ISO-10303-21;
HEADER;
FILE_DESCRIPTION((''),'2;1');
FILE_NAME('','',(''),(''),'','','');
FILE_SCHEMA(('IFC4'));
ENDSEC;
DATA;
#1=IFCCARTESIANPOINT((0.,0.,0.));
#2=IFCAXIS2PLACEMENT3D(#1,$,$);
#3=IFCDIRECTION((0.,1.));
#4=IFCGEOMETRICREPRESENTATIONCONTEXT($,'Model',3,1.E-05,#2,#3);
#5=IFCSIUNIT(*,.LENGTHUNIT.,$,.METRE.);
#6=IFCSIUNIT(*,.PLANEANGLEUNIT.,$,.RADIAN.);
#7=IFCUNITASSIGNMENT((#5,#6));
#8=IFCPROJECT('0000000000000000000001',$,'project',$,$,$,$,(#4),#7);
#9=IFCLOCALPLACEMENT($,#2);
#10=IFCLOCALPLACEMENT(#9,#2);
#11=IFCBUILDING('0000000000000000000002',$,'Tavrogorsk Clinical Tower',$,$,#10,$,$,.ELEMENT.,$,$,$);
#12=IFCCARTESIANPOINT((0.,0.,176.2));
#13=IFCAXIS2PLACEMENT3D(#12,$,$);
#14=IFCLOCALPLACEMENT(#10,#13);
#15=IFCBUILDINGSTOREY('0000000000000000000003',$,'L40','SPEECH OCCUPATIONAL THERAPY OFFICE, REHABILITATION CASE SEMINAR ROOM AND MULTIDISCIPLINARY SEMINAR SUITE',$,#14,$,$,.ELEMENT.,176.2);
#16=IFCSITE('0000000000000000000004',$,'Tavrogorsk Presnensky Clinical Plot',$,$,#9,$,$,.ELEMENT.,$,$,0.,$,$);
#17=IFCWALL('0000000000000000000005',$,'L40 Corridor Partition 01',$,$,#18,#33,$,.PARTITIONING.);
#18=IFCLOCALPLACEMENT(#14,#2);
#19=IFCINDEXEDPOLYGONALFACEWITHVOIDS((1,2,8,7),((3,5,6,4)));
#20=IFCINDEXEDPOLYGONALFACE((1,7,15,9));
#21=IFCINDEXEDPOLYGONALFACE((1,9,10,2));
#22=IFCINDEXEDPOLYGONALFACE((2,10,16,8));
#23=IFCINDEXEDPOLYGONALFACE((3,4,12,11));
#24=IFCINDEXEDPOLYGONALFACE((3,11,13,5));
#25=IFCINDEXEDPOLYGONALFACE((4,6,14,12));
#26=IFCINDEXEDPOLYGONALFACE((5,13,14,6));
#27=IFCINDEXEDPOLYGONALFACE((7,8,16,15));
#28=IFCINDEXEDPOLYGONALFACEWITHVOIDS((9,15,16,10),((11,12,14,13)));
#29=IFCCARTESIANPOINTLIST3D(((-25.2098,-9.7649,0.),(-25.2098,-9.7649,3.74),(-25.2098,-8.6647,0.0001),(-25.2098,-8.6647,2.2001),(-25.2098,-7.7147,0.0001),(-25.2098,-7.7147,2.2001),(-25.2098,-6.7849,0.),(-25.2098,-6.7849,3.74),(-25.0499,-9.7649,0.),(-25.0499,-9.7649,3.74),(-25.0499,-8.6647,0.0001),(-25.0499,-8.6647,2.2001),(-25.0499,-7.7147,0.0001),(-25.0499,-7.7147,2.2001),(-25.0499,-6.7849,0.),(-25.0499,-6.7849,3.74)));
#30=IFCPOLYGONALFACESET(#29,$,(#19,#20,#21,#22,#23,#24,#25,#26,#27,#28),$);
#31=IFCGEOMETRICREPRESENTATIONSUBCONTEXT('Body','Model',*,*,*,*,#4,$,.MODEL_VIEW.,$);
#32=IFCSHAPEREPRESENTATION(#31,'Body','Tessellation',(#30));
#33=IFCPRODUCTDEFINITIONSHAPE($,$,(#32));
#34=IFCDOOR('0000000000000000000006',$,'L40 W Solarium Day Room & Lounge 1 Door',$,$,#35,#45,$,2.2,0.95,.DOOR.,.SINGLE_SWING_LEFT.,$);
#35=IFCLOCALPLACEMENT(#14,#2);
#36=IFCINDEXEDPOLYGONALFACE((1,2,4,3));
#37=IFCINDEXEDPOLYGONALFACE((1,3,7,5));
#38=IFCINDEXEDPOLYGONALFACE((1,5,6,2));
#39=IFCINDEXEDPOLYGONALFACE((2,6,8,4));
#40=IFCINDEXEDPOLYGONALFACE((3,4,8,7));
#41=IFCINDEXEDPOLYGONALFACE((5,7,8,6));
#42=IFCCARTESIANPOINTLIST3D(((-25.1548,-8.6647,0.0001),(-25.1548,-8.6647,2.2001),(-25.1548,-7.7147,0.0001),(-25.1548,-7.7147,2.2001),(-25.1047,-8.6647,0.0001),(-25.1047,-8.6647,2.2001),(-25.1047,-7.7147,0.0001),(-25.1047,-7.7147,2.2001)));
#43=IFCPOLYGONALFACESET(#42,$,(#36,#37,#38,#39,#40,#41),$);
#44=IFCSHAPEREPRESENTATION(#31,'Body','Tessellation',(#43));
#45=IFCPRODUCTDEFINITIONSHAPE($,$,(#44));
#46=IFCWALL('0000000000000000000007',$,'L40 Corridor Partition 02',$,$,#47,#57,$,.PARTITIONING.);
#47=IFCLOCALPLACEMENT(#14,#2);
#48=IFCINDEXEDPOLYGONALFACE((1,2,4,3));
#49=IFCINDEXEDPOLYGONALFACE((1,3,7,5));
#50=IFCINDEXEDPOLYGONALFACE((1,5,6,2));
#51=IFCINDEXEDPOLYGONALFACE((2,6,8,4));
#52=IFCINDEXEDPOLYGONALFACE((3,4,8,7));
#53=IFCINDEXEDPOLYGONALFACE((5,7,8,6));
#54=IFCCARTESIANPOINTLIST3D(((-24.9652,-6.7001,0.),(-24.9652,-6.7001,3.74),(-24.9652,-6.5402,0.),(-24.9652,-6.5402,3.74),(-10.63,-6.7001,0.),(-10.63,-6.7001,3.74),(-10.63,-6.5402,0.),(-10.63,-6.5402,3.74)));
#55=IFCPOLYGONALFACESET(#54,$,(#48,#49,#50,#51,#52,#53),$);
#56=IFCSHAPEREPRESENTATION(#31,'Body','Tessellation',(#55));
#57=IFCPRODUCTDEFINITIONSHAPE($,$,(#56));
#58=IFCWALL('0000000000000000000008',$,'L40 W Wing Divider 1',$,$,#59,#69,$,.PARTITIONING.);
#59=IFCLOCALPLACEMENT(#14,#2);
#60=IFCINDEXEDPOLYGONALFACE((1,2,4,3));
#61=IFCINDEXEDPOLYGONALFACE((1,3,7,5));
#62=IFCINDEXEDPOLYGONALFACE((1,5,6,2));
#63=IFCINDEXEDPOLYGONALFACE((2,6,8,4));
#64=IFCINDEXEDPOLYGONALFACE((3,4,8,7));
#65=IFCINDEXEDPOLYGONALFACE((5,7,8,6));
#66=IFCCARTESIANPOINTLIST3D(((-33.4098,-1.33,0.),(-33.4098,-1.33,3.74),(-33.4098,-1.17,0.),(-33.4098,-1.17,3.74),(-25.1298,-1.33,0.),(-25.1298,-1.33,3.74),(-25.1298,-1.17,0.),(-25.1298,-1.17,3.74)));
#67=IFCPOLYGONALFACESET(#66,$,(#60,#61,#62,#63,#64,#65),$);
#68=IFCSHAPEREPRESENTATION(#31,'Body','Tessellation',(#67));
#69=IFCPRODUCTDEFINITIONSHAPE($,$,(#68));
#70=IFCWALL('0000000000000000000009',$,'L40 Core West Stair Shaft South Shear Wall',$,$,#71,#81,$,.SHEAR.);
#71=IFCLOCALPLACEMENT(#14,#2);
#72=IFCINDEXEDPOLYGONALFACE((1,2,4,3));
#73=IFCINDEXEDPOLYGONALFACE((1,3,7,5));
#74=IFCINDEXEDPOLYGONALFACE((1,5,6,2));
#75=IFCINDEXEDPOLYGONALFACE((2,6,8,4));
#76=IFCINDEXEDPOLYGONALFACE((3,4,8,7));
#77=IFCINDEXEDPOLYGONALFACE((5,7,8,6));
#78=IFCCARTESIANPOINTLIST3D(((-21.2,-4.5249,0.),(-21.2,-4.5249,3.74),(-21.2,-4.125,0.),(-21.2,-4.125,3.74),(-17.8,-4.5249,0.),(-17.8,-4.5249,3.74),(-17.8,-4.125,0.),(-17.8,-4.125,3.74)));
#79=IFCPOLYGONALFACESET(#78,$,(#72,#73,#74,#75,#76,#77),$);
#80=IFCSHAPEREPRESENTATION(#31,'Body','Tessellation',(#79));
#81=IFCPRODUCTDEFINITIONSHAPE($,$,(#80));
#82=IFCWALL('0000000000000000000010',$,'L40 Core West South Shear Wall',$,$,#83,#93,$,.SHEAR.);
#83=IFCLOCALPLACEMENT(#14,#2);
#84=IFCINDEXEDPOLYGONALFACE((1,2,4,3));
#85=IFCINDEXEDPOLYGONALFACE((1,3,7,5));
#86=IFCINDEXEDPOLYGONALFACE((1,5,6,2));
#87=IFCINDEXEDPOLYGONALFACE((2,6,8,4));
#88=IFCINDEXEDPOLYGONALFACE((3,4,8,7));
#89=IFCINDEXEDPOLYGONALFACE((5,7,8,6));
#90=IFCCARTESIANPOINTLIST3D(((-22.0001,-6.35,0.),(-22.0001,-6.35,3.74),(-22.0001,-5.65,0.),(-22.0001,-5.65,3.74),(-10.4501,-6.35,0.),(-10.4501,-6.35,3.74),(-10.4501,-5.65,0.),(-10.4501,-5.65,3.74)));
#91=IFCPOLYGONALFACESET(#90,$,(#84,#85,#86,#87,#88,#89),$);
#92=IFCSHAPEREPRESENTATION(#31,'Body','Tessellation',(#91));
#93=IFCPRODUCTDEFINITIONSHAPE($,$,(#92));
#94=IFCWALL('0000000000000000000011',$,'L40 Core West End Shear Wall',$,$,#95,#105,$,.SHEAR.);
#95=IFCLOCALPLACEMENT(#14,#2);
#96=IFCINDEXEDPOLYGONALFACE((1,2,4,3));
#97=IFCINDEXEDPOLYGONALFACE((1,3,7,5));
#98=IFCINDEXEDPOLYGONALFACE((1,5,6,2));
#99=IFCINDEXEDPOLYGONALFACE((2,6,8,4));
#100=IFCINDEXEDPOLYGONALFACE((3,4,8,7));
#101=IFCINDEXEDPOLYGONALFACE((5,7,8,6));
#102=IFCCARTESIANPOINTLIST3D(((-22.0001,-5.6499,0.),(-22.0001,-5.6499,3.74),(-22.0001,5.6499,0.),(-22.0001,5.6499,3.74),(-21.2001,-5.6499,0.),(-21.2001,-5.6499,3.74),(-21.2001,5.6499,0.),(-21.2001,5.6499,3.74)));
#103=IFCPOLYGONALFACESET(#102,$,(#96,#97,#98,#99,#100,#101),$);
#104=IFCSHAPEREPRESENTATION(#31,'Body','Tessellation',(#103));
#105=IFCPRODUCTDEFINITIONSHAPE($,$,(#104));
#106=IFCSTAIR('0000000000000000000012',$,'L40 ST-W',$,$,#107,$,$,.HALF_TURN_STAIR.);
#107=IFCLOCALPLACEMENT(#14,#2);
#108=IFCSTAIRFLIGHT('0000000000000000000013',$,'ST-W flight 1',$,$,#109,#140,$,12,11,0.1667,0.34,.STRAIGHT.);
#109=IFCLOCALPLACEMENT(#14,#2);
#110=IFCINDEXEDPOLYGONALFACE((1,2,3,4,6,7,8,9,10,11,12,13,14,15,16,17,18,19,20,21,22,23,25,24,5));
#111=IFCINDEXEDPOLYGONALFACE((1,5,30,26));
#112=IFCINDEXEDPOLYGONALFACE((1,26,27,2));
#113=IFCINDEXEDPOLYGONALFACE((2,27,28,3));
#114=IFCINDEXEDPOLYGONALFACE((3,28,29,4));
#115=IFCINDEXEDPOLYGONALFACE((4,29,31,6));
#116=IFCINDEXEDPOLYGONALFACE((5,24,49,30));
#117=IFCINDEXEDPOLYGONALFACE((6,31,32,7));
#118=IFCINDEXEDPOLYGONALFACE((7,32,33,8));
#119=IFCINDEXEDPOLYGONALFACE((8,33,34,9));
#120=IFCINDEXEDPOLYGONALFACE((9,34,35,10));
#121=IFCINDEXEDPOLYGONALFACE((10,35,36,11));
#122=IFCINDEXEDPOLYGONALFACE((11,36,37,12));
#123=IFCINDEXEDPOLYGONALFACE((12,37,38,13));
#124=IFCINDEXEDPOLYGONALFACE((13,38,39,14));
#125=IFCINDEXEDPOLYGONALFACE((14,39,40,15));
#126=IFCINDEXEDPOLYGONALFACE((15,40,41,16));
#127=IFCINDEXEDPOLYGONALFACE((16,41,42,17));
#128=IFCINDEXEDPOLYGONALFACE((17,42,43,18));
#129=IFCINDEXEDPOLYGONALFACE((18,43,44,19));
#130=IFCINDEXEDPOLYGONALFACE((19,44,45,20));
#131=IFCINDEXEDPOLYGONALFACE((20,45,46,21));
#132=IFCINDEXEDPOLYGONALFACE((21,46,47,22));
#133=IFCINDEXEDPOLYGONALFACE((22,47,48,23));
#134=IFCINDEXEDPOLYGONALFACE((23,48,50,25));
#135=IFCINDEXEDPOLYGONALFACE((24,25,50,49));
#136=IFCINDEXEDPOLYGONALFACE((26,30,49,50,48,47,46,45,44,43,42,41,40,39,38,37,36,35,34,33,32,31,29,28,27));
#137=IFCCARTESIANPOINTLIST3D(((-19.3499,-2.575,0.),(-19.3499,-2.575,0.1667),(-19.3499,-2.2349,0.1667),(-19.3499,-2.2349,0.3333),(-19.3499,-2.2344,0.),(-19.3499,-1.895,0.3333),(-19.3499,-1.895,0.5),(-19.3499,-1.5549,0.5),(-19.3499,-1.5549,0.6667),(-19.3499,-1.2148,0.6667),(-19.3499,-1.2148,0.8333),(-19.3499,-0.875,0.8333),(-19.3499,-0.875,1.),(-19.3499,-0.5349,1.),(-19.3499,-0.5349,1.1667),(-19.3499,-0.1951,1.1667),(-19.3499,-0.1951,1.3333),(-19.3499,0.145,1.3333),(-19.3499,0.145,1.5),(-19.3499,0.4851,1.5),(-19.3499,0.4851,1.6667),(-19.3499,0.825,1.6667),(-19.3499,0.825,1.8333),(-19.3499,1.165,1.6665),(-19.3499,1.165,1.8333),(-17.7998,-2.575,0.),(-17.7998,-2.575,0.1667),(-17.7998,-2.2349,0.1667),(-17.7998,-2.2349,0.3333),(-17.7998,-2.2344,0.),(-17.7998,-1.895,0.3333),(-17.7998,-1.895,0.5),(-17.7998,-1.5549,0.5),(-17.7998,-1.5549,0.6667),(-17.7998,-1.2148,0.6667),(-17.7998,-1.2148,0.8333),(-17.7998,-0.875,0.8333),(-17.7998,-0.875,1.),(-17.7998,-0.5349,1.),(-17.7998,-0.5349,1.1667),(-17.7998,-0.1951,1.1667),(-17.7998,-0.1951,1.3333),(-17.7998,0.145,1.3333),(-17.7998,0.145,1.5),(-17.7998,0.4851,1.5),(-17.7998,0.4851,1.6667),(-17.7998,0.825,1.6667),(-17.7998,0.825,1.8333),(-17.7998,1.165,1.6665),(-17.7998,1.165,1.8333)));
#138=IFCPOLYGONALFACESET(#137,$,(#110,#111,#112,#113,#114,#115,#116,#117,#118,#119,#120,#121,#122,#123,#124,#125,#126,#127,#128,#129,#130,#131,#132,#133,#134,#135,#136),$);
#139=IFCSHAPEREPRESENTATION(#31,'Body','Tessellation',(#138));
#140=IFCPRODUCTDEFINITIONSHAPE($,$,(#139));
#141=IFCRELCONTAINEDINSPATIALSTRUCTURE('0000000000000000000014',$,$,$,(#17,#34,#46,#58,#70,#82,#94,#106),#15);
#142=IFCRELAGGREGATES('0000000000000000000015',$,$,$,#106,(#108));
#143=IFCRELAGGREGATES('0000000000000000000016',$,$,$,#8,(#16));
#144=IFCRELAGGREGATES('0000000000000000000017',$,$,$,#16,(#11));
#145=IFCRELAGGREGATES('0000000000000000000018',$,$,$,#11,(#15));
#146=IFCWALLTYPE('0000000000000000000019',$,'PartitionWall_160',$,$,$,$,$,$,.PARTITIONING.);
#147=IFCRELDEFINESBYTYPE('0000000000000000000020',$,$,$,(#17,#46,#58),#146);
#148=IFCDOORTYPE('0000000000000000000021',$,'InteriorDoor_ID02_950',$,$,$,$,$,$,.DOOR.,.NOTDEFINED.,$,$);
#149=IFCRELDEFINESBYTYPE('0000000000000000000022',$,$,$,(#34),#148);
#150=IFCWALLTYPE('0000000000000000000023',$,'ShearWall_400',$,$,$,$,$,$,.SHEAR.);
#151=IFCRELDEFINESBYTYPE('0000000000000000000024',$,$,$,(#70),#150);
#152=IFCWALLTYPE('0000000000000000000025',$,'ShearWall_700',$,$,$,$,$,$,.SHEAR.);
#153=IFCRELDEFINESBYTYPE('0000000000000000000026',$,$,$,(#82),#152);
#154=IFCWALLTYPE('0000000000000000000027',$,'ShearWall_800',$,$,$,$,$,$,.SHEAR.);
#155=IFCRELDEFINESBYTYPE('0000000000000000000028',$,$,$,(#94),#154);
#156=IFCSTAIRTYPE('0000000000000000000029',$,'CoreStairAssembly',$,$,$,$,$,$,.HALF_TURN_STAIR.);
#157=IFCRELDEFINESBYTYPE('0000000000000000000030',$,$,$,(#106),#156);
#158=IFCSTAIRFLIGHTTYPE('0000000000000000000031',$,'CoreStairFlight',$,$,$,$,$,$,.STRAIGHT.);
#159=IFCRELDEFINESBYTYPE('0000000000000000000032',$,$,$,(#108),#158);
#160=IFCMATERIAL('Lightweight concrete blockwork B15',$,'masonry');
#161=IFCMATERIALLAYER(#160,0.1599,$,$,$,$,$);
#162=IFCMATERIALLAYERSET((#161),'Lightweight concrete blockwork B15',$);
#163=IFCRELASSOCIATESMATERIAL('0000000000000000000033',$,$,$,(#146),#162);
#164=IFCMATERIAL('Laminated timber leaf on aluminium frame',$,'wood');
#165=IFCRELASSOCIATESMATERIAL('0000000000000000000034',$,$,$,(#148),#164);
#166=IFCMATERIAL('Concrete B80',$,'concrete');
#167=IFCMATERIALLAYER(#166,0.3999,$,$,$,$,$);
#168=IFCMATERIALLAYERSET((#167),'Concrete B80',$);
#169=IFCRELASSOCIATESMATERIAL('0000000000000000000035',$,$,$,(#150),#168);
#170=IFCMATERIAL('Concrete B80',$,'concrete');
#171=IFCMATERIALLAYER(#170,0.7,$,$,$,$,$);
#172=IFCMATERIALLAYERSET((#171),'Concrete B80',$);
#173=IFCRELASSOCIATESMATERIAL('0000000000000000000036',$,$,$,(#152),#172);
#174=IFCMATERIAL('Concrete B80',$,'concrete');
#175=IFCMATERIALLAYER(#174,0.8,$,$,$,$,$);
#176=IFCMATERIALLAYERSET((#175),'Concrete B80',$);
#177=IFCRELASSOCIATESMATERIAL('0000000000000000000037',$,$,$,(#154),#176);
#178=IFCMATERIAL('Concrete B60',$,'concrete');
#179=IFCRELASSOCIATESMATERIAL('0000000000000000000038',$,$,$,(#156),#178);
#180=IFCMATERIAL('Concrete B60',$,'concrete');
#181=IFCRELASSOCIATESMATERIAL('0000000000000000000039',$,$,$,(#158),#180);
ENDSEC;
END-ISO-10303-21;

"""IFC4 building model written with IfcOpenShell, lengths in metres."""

from ifc_helpers import new_model, si_unit, direction, frame, frame_2d, origin, place, context, subcontext, project, spatial, polyline, rectangle, outline, extrude, material, layer, layer_set, type_object, element, fill, aggregate, save


model = new_model("IFC4")

# Units and contexts
model_context = context("Model", 3, precision=1e-05, world=origin(), true_north=direction((0.0, 1.0)))
body_context = subcontext(model_context, "Body", "Model", "MODEL_VIEW")
ifc_project = project(units=[si_unit("LENGTHUNIT", "METRE"), si_unit("PLANEANGLEUNIT", "RADIAN")], contexts=[model_context])

# Site, building, storey
site_placement = place(None, origin())
site = spatial("IfcSite", under=ifc_project, at=site_placement, Name="Tavrogorsk Presnensky Clinical Plot", CompositionType="ELEMENT", RefElevation=0.0)
building_placement = place(site_placement, origin())
building = spatial("IfcBuilding", under=site, at=building_placement, Name="Tavrogorsk Clinical Tower", CompositionType="ELEMENT")
storey_placement = place(building_placement, frame((0.0, 0.0, 176.2)))
storey = spatial("IfcBuildingStorey", under=building, at=storey_placement, Name="L40", Description="SPEECH OCCUPATIONAL THERAPY OFFICE, REHABILITATION CASE SEMINAR ROOM AND MULTIDISCIPLINARY SEMINAR SUITE", CompositionType="ELEMENT", Elevation=176.2)

# Wall, opening, door
ifc_material_1 = material(Name="Lightweight concrete blockwork B15", Category="masonry")
ifc_layer_1 = layer(ifc_material_1, 0.1599)
ifc_layer_set_1 = layer_set([ifc_layer_1], Name="Lightweight concrete blockwork B15")
wall_type_1 = type_object("IfcWallType", Name="PartitionWall_160", PredefinedType="PARTITIONING", material=ifc_layer_set_1)
wall_1_placement = place(storey_placement, frame((-25.1299, -9.7649, 0.0), z_axis=(0.0, 0.0, 1.0), x_axis=(0.0, 1.0, 0.0)))
wall_1 = element("IfcWall", 1, at=wall_1_placement, inside=storey, type_object=wall_type_1, Name="L40 Corridor Partition 01", PredefinedType="PARTITIONING", context=body_context, shape_type="SweptSolid", body=[
    extrude(rectangle(XDim=2.98, YDim=0.1599, at=frame_2d((1.49, 0.0))), origin(), (0.0, 0.0, 1.0), 3.74),
])
opening_placement = place(wall_1_placement, frame((1.1001, 0.0, 0.0)))
opening = element("IfcOpeningElement", 2, at=opening_placement, cuts=wall_1, PredefinedType="OPENING", context=body_context, shape_type="SweptSolid", body=[
    extrude(rectangle(XDim=0.95, YDim=2.2, at=frame_2d((0.4751, 1.1001))), frame((0.0, 0.0898, 0.0), z_axis=(0.0, -1.0, 0.0), x_axis=(1.0, 0.0, 0.0)), (0.0, 0.0, 1.0), 0.1799),
])
ifc_material_2 = material(Name="Laminated timber leaf on aluminium frame", Category="wood")
door_type = type_object("IfcDoorType", Name="InteriorDoor_ID02_950", OperationType="NOTDEFINED", PredefinedType="DOOR", material=ifc_material_2)
door_placement = place(opening_placement, origin())
door = element("IfcDoor", 3, at=door_placement, inside=storey, type_object=door_type, Name="L40 W Solarium Day Room & Lounge 1 Door", OperationType="SINGLE_SWING_LEFT", OverallHeight=2.2, OverallWidth=0.95, PredefinedType="DOOR", context=body_context, shape_type="SweptSolid", body=[
    extrude(rectangle(XDim=0.95, YDim=2.2, at=frame_2d((0.4751, 1.1001))), frame((0.0, 0.0249, 0.0), z_axis=(0.0, -1.0, 0.0), x_axis=(1.0, 0.0, 0.0)), (0.0, 0.0, 1.0), 0.05),
])
fill(opening, door)

# Walls
wall_2_placement = place(storey_placement, frame((-24.9651, -6.6201, 0.0), z_axis=(0.0, 0.0, 1.0), x_axis=(1.0, 0.0, 0.0)))
element("IfcWall", 4, at=wall_2_placement, inside=storey, type_object=wall_type_1, Name="L40 Corridor Partition 02", PredefinedType="PARTITIONING", context=body_context, shape_type="SweptSolid", body=[
    extrude(rectangle(XDim=14.3352, YDim=0.1599, at=frame_2d((7.1675, 0.0))), origin(), (0.0, 0.0, 1.0), 3.74),
])
wall_3_placement = place(storey_placement, frame((-33.4099, -1.25, 0.0), z_axis=(0.0, 0.0, 1.0), x_axis=(1.0, 0.0, 0.0)))
element("IfcWall", 5, at=wall_3_placement, inside=storey, type_object=wall_type_1, Name="L40 W Wing Divider 1", PredefinedType="PARTITIONING", context=body_context, shape_type="SweptSolid", body=[
    extrude(rectangle(XDim=8.28, YDim=0.1599, at=frame_2d((4.1401, 0.0))), origin(), (0.0, 0.0, 1.0), 3.74),
])
ifc_material_3 = material(Name="Concrete B80", Category="concrete")
ifc_layer_2 = layer(ifc_material_3, 0.3999)
ifc_layer_set_2 = layer_set([ifc_layer_2], Name="Concrete B80")
wall_type_2 = type_object("IfcWallType", Name="ShearWall_400", PredefinedType="SHEAR", material=ifc_layer_set_2)
wall_4_placement = place(storey_placement, frame((-21.2, -4.325, 0.0), z_axis=(0.0, 0.0, 1.0), x_axis=(1.0, 0.0, 0.0)))
element("IfcWall", 6, at=wall_4_placement, inside=storey, type_object=wall_type_2, Name="L40 Core West Stair Shaft South Shear Wall", PredefinedType="SHEAR", context=body_context, shape_type="SweptSolid", body=[
    extrude(rectangle(XDim=3.3999, YDim=0.3999, at=frame_2d((1.7, 0.0))), origin(), (0.0, 0.0, 1.0), 3.74),
])
ifc_material_4 = material(Name="Concrete B80", Category="concrete")
ifc_layer_3 = layer(ifc_material_4, 0.7)
ifc_layer_set_3 = layer_set([ifc_layer_3], Name="Concrete B80")
wall_type_3 = type_object("IfcWallType", Name="ShearWall_700", PredefinedType="SHEAR", material=ifc_layer_set_3)
wall_5_placement = place(storey_placement, frame((-22.0, -6.0, 0.0), z_axis=(0.0, 0.0, 1.0), x_axis=(1.0, 0.0, 0.0)))
element("IfcWall", 7, at=wall_5_placement, inside=storey, type_object=wall_type_3, Name="L40 Core West South Shear Wall", PredefinedType="SHEAR", context=body_context, shape_type="SweptSolid", body=[
    extrude(rectangle(XDim=11.55, YDim=0.7, at=frame_2d((5.7749, 0.0))), origin(), (0.0, 0.0, 1.0), 3.74),
])
ifc_material_5 = material(Name="Concrete B80", Category="concrete")
ifc_layer_4 = layer(ifc_material_5, 0.8)
ifc_layer_set_4 = layer_set([ifc_layer_4], Name="Concrete B80")
wall_type_4 = type_object("IfcWallType", Name="ShearWall_800", PredefinedType="SHEAR", material=ifc_layer_set_4)
wall_6_placement = place(storey_placement, frame((-21.6001, -5.6499, 0.0), z_axis=(0.0, 0.0, 1.0), x_axis=(0.0, 1.0, 0.0)))
element("IfcWall", 8, at=wall_6_placement, inside=storey, type_object=wall_type_4, Name="L40 Core West End Shear Wall", PredefinedType="SHEAR", context=body_context, shape_type="SweptSolid", body=[
    extrude(rectangle(XDim=11.2998, YDim=0.8, at=frame_2d((5.6499, 0.0))), origin(), (0.0, 0.0, 1.0), 3.74),
])

# Stair, stair flight
ifc_material_6 = material(Name="Concrete B60", Category="concrete")
stair_type = type_object("IfcStairType", Name="CoreStairAssembly", PredefinedType="HALF_TURN_STAIR", material=ifc_material_6)
stair_placement = place(storey_placement, origin())
stair = element("IfcStair", 9, at=stair_placement, inside=storey, type_object=stair_type, Name="L40 ST-W", PredefinedType="HALF_TURN_STAIR")
ifc_material_7 = material(Name="Concrete B60", Category="concrete")
stair_flight_type = type_object("IfcStairFlightType", Name="CoreStairFlight", PredefinedType="STRAIGHT", material=ifc_material_7)
stair_flight_placement = place(storey_placement, frame((-18.575, -2.575, 0.0), z_axis=(0.0, 0.0, 1.0), x_axis=(0.0, 1.0, 0.0)))
stair_flight = element("IfcStairFlight", 10, at=stair_flight_placement, type_object=stair_flight_type, Name="ST-W flight 1", NumberOfRisers=12, NumberOfTreads=11, PredefinedType="STRAIGHT", RiserHeight=0.1667, TreadLength=0.34, context=body_context, shape_type="SweptSolid", body=[
    extrude(outline(polyline([(0.0, 0.0), (0.0, 0.1667), (0.3401, 0.1667), (0.3401, 0.3333), (0.6799, 0.3333), (0.6799, 0.5), (1.02, 0.5), (1.02, 0.6667), (1.3601, 0.6667), (1.3601, 0.8333), (1.7, 0.8333), (1.7, 1.0), (2.04, 1.0), (2.04, 1.1667), (2.3799, 1.1667), (2.3799, 1.3333), (2.72, 1.3333), (2.72, 1.5), (3.0601, 1.5), (3.0601, 1.6667), (3.3999, 1.6667), (3.3999, 1.8333), (3.74, 1.8333), (3.74, 2.0), (3.74, 1.6665), (0.3406, 0.0), (0.0, 0.0)])), frame((0.0, 0.7749, 0.0), z_axis=(0.0, -1.0, 0.0), x_axis=(1.0, 0.0, 0.0)), (0.0, 0.0, 1.0), 1.55),
])
aggregate(stair, [stair_flight])

save(model, "model.ifc")
